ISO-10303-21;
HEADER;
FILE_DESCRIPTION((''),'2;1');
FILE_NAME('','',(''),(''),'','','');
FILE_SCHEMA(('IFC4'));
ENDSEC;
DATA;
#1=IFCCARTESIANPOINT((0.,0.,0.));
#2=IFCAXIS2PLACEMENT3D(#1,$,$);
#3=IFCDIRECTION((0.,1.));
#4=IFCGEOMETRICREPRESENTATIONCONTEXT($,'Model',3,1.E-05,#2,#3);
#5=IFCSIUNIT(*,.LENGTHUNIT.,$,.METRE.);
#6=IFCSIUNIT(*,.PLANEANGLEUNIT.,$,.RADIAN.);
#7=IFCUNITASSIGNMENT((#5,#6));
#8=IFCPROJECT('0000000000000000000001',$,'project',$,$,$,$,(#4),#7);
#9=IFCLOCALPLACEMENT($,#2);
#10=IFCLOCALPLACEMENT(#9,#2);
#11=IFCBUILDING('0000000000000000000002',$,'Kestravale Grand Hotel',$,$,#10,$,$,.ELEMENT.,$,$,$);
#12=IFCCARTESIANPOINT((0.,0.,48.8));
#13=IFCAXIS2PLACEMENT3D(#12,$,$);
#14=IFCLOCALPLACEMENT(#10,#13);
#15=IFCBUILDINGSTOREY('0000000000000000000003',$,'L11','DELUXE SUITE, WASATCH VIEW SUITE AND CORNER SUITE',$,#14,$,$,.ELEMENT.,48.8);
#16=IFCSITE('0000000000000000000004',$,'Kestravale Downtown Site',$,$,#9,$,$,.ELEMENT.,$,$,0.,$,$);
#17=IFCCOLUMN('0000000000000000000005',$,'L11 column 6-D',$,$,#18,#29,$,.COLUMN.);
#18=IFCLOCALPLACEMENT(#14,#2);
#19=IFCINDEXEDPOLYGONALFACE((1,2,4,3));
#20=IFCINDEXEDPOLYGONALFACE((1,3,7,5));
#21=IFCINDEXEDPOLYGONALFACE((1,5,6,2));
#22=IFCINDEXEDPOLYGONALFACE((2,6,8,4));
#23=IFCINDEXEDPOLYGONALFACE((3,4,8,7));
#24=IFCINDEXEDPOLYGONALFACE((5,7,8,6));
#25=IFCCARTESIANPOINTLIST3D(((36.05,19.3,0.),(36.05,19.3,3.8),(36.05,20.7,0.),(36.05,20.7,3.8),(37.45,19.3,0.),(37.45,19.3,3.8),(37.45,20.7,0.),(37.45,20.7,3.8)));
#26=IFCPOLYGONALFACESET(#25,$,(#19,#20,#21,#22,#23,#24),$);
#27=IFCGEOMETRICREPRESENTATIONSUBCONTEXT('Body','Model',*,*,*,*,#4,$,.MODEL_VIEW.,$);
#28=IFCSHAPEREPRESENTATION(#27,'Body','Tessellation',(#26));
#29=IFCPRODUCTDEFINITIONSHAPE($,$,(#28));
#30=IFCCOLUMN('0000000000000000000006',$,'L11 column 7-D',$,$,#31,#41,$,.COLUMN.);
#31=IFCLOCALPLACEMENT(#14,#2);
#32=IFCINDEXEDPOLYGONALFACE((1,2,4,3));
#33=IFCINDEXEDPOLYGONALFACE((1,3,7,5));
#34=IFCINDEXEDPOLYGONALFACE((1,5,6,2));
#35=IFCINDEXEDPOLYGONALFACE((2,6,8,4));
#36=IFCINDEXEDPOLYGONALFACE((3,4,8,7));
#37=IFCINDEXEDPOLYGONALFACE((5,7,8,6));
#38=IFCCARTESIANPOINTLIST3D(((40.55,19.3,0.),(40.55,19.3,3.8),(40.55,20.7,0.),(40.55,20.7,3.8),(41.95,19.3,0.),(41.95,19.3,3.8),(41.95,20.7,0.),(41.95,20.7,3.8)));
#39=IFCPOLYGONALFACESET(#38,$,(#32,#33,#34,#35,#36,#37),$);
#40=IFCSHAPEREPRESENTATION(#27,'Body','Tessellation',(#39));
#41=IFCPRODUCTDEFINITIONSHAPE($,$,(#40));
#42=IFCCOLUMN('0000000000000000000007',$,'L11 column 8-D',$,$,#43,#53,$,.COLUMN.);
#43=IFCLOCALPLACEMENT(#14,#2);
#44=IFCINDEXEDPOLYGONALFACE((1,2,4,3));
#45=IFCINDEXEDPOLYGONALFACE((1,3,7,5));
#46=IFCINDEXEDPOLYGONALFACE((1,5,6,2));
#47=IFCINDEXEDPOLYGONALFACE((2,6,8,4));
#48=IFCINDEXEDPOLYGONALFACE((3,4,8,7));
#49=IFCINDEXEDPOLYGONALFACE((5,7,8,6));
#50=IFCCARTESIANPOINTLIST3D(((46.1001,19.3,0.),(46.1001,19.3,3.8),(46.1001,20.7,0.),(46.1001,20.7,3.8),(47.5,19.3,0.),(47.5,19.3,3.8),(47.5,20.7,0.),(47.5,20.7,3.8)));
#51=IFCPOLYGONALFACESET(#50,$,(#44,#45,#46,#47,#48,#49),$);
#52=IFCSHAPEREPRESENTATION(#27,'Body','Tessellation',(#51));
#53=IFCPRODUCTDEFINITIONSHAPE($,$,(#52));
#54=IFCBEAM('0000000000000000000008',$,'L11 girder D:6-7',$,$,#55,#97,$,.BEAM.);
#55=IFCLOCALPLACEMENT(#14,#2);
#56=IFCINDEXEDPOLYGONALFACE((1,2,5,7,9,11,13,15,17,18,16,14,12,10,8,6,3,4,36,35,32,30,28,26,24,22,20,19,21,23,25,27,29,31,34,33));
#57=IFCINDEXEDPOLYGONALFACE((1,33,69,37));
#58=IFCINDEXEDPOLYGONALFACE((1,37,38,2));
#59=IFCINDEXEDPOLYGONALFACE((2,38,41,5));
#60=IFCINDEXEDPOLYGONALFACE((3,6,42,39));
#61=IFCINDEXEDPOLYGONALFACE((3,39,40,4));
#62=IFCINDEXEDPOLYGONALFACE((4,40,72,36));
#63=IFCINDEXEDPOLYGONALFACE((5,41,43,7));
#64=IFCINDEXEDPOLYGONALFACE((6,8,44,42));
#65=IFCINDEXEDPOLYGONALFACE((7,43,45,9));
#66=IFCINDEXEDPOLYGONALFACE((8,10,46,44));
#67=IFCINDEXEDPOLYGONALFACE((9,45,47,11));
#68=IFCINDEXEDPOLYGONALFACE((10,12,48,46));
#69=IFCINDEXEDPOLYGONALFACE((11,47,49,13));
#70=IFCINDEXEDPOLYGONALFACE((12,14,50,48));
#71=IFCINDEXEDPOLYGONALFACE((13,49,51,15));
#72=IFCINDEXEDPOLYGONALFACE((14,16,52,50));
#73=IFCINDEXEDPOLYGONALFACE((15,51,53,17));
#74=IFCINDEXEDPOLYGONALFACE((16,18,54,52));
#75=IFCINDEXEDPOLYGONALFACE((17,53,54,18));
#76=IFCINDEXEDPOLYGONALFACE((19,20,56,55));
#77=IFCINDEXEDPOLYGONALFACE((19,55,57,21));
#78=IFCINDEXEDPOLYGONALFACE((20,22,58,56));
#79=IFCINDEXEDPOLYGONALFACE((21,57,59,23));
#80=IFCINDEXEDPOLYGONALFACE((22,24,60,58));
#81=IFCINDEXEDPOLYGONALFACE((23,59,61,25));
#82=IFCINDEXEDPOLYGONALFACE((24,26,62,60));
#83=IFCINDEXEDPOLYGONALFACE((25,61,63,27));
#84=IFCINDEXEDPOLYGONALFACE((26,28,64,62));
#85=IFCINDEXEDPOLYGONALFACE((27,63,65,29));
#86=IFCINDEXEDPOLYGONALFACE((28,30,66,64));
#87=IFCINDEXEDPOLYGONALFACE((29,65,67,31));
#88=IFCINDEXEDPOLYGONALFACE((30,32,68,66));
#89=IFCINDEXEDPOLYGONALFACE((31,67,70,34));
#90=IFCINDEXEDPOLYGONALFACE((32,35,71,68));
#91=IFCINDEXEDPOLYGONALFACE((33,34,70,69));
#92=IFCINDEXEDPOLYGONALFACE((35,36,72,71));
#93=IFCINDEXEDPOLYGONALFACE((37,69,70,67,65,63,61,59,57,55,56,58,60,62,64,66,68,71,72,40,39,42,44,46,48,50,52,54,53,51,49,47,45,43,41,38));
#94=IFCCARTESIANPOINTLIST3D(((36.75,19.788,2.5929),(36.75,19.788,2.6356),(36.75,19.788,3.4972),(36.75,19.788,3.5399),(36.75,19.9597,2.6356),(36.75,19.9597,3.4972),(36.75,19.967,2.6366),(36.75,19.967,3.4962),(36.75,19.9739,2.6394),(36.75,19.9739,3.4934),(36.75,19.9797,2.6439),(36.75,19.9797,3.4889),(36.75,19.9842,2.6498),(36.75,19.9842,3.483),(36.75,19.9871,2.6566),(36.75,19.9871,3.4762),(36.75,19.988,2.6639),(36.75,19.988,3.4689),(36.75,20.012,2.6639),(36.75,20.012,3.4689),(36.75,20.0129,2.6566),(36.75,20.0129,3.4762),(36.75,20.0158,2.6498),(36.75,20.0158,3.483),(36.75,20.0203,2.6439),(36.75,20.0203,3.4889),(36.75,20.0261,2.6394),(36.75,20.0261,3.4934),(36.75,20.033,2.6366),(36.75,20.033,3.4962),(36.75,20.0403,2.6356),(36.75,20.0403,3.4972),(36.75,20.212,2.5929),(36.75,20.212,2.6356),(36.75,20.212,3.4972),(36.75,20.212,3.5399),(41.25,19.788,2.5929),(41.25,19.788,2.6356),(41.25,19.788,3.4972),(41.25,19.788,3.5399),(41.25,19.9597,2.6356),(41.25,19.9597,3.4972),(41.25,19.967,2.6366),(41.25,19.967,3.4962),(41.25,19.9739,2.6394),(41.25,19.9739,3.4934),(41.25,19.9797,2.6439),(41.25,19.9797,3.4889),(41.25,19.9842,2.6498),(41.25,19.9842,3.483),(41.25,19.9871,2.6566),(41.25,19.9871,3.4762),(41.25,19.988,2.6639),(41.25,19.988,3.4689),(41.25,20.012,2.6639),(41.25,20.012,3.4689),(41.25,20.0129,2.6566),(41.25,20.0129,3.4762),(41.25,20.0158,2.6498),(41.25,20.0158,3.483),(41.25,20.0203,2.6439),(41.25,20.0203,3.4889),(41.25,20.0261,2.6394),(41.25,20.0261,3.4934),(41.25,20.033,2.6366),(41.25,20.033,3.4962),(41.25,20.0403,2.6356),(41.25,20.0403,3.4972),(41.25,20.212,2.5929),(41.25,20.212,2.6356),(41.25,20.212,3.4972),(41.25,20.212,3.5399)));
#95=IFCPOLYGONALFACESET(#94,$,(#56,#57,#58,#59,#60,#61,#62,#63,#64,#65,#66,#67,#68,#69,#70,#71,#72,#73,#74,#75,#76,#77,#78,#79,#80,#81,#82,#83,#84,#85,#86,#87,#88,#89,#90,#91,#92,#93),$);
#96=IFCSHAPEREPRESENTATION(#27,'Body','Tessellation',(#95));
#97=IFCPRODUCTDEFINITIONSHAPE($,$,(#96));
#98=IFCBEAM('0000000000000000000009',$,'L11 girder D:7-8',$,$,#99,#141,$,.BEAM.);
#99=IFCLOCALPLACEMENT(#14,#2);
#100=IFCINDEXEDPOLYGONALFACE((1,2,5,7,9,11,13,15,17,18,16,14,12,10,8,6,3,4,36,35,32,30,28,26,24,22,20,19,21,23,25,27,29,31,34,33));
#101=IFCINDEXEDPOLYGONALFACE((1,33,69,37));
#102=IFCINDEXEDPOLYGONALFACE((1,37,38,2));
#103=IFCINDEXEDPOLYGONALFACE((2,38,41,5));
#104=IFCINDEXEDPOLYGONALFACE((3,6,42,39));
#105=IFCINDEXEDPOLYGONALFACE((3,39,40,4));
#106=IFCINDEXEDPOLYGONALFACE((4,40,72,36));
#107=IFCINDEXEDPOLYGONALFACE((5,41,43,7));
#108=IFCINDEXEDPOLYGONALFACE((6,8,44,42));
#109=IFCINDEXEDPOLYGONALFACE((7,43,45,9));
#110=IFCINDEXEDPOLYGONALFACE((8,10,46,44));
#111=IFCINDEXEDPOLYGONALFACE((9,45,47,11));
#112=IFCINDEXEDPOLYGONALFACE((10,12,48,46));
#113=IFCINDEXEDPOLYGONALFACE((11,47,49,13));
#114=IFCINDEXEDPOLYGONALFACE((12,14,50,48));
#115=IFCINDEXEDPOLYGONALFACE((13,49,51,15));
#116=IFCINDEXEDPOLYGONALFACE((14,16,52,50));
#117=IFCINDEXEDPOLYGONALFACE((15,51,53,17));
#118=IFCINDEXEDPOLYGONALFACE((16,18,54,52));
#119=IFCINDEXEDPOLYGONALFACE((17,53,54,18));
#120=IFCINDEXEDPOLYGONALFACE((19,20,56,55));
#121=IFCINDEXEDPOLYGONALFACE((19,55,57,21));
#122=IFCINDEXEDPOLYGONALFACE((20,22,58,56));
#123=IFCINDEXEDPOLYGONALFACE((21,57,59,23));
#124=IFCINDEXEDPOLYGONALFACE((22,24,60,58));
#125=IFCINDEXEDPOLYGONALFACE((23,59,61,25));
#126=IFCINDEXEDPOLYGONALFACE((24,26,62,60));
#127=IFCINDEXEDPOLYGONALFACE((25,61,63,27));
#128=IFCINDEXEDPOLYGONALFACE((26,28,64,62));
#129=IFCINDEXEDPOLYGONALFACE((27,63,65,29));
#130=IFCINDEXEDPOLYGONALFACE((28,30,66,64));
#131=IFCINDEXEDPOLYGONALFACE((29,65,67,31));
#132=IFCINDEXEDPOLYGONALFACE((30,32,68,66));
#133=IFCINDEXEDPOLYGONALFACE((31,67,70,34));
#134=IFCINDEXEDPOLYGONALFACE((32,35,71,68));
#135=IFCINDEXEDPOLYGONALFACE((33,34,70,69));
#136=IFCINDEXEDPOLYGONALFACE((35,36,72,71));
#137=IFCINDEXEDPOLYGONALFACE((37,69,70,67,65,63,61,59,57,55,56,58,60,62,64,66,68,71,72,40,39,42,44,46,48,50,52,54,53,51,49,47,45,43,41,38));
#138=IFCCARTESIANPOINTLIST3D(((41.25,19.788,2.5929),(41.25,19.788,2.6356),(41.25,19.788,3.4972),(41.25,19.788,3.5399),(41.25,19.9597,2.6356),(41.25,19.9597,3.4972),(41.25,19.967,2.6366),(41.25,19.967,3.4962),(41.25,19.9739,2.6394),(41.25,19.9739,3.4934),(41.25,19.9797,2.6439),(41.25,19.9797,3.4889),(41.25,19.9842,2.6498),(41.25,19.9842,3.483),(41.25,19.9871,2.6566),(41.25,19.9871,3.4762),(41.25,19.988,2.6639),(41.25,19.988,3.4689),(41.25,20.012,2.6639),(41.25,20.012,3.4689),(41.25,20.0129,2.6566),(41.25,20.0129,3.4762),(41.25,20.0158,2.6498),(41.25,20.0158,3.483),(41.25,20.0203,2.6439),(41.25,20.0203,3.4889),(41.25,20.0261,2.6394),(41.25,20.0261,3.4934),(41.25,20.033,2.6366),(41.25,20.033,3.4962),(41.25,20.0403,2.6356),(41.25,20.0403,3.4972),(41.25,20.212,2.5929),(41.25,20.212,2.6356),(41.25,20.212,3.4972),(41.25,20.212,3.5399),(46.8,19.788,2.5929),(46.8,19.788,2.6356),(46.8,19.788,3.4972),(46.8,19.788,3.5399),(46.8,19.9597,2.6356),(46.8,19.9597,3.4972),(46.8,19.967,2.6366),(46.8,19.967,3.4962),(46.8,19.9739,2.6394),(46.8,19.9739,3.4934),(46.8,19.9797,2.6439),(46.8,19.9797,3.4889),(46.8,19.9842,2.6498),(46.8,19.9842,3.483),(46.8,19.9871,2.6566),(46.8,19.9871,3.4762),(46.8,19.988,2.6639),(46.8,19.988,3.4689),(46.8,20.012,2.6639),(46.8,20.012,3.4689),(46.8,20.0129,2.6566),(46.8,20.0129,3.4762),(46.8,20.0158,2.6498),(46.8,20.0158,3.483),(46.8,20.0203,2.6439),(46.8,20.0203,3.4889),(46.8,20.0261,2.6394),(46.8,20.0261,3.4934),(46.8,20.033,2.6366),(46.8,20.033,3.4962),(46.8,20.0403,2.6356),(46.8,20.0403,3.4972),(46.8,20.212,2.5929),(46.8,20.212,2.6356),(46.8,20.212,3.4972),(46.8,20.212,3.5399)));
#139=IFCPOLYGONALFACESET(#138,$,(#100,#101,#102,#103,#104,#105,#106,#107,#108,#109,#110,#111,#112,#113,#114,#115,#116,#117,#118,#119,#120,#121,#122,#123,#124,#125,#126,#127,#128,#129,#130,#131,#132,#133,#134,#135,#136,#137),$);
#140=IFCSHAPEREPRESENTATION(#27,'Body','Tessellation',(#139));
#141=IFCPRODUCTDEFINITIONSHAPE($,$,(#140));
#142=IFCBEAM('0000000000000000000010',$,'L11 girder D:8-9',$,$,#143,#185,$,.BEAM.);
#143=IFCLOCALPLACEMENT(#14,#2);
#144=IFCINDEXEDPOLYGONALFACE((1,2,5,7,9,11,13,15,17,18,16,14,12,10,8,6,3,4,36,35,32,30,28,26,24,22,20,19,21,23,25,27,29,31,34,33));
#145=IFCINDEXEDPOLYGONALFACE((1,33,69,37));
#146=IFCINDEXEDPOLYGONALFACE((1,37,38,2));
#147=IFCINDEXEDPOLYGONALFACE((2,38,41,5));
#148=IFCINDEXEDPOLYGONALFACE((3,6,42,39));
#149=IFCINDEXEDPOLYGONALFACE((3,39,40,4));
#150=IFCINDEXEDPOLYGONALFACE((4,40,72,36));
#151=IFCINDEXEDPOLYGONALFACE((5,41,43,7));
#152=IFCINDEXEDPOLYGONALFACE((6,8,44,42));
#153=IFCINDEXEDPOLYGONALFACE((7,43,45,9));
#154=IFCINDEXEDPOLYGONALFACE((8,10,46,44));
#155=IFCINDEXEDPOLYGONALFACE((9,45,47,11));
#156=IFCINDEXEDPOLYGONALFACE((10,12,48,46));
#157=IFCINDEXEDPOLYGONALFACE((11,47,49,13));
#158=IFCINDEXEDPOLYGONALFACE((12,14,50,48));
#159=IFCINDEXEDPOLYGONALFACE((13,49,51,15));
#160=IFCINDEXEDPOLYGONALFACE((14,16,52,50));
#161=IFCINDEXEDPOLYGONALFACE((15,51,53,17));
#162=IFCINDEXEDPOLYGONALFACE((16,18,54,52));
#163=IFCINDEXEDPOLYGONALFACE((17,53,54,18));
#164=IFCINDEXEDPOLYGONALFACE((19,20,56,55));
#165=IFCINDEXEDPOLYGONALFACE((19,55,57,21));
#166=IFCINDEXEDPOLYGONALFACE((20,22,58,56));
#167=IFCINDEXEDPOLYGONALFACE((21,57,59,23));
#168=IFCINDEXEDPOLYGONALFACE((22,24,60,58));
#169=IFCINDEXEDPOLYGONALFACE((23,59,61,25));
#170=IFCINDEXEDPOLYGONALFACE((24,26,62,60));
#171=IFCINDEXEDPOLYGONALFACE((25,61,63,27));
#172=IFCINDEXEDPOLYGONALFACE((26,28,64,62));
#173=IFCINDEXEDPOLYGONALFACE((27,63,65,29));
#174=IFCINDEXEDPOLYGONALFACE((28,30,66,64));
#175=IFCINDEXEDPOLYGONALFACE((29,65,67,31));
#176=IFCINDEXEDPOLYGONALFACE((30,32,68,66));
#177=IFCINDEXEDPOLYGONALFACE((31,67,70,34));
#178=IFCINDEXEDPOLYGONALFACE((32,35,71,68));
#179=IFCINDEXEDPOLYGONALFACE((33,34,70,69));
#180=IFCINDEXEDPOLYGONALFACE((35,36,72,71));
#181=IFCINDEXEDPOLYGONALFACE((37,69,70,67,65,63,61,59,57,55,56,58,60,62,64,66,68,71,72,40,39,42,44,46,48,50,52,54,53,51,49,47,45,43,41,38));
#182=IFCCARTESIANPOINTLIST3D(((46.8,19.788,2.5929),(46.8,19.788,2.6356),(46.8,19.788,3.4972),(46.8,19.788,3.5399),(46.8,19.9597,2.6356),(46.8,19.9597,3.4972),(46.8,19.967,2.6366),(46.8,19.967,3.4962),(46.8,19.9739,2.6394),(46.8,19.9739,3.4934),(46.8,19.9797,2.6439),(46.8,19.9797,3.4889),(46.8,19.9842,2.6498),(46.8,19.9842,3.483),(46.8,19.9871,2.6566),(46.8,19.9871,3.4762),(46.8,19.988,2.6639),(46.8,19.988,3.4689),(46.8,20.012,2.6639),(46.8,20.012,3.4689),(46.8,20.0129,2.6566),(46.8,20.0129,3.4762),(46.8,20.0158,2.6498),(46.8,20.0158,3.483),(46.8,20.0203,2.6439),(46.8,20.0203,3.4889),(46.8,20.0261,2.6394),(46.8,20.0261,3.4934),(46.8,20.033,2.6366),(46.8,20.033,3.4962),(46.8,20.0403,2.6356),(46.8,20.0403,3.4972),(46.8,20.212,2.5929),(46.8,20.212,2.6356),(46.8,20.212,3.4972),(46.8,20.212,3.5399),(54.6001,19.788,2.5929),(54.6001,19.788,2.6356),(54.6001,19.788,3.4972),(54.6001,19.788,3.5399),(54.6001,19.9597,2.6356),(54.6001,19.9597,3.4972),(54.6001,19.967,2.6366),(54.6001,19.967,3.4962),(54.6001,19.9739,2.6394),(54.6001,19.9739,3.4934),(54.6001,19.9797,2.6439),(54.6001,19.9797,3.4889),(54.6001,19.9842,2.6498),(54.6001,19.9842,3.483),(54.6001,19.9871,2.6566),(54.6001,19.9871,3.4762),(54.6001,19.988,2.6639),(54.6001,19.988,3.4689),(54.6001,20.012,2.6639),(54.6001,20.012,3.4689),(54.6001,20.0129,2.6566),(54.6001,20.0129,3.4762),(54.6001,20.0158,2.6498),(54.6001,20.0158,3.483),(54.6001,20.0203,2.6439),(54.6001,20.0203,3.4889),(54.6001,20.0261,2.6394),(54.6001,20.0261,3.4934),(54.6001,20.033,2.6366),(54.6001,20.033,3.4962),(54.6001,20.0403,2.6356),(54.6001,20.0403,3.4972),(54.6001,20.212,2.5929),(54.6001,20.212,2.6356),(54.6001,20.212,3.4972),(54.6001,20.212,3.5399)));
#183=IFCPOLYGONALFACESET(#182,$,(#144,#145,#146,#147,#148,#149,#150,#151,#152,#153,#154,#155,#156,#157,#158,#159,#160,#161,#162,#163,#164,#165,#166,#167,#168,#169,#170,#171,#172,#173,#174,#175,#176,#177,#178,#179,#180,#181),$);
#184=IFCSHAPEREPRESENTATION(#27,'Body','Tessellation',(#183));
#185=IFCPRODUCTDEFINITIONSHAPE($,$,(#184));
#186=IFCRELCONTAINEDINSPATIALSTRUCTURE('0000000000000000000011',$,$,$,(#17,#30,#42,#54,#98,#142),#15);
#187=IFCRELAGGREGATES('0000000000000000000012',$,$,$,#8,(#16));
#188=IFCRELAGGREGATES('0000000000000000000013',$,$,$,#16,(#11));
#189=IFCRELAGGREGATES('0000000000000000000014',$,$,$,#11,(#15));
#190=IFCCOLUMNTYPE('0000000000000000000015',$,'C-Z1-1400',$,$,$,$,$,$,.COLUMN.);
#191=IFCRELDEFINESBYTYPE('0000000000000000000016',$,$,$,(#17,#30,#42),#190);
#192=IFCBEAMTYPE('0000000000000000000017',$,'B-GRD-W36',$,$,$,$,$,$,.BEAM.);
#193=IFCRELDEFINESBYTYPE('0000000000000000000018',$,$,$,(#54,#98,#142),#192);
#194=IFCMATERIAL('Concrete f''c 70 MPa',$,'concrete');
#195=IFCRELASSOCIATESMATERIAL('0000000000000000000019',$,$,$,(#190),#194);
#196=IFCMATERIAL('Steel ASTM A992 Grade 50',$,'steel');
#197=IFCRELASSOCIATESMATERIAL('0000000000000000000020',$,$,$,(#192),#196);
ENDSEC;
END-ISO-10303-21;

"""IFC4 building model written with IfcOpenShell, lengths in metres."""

from ifc_helpers import new_model, si_unit, direction, frame, origin, origin_2d, place, context, subcontext, project, spatial, rectangle, i_section, extrude, material, material_profile, profile_set, type_object, element, save


model = new_model("IFC4")

# Units and contexts
model_context = context("Model", 3, precision=1e-05, world=origin(), true_north=direction((0.0, 1.0)))
body_context = subcontext(model_context, "Body", "Model", "MODEL_VIEW")
ifc_project = project(units=[si_unit("LENGTHUNIT", "METRE"), si_unit("PLANEANGLEUNIT", "RADIAN")], contexts=[model_context])

# Site, building, storey
site_placement = place(None, origin())
site = spatial("IfcSite", under=ifc_project, at=site_placement, Name="Kestravale Downtown Site", CompositionType="ELEMENT", RefElevation=0.0)
building_placement = place(site_placement, origin())
building = spatial("IfcBuilding", under=site, at=building_placement, Name="Kestravale Grand Hotel", CompositionType="ELEMENT")
storey_placement = place(building_placement, frame((0.0, 0.0, 48.8)))
storey = spatial("IfcBuildingStorey", under=building, at=storey_placement, Name="L11", Description="DELUXE SUITE, WASATCH VIEW SUITE AND CORNER SUITE", CompositionType="ELEMENT", Elevation=48.8)

# Columns
ifc_material_1 = material(Name="Concrete f'c 70 MPa", Category="concrete")
ifc_material_profile_1 = material_profile(ifc_material_1, rectangle(XDim=1.3999, YDim=1.3999, at=origin_2d()))
ifc_profile_set_1 = profile_set([ifc_material_profile_1], Name="Concrete f'c 70 MPa")
column_type = type_object("IfcColumnType", Name="C-Z1-1400", PredefinedType="COLUMN", material=ifc_profile_set_1)
for number, where, z_axis, x_axis, name in (
    (1, (36.75, 20.0, 0.0), (0.0, 0.0, 1.0), (1.0, 0.0, 0.0), "L11 column 6-D"),
    (2, (41.25, 20.0, 0.0), (0.0, 0.0, 1.0), (1.0, 0.0, 0.0), "L11 column 7-D"),
    (3, (46.8, 20.0, 0.0), (0.0, 0.0, 1.0), (1.0, 0.0, 0.0), "L11 column 8-D"),
):
    element("IfcColumn", number, at=place(storey_placement, frame(where, z_axis=z_axis, x_axis=x_axis)), inside=storey, type_object=column_type, Name=name, PredefinedType="COLUMN", context=body_context, shape_type="SweptSolid", body=[
        extrude(rectangle(XDim=1.3999, YDim=1.3999, at=origin_2d()), origin(), (0.0, 0.0, 1.0), 3.8),
    ])

# Beams
ifc_material_2 = material(Name="Steel ASTM A992 Grade 50", Category="steel")
ifc_material_profile_2 = material_profile(ifc_material_2, i_section(OverallWidth=0.4241, OverallDepth=0.947, WebThickness=0.0239, FlangeThickness=0.0427, FilletRadius=0.0283, at=origin_2d()))
ifc_profile_set_2 = profile_set([ifc_material_profile_2], Name="Steel ASTM A992 Grade 50")
beam_type = type_object("IfcBeamType", Name="B-GRD-W36", PredefinedType="BEAM", material=ifc_profile_set_2)
beam_1_placement = place(storey_placement, frame((36.75, 20.0, 3.0664), z_axis=(1.0, 0.0, 0.0), x_axis=(0.0, 1.0, 0.0)))
element("IfcBeam", 4, at=beam_1_placement, inside=storey, type_object=beam_type, Name="L11 girder D:6-7", PredefinedType="BEAM", context=body_context, shape_type="SweptSolid", body=[
    extrude(i_section(OverallWidth=0.4241, OverallDepth=0.947, WebThickness=0.0239, FlangeThickness=0.0427, FilletRadius=0.0283, at=origin_2d()), origin(), (0.0, 0.0, 1.0), 4.5),
])
beam_2_placement = place(storey_placement, frame((41.25, 20.0, 3.0664), z_axis=(1.0, 0.0, 0.0), x_axis=(0.0, 1.0, 0.0)))
element("IfcBeam", 5, at=beam_2_placement, inside=storey, type_object=beam_type, Name="L11 girder D:7-8", PredefinedType="BEAM", context=body_context, shape_type="SweptSolid", body=[
    extrude(i_section(OverallWidth=0.4241, OverallDepth=0.947, WebThickness=0.0239, FlangeThickness=0.0427, FilletRadius=0.0283, at=origin_2d()), origin(), (0.0, 0.0, 1.0), 5.55),
])
beam_3_placement = place(storey_placement, frame((46.8, 20.0, 3.0664), z_axis=(1.0, 0.0, 0.0), x_axis=(0.0, 1.0, 0.0)))
element("IfcBeam", 6, at=beam_3_placement, inside=storey, type_object=beam_type, Name="L11 girder D:8-9", PredefinedType="BEAM", context=body_context, shape_type="SweptSolid", body=[
    extrude(i_section(OverallWidth=0.4241, OverallDepth=0.947, WebThickness=0.0239, FlangeThickness=0.0427, FilletRadius=0.0283, at=origin_2d()), origin(), (0.0, 0.0, 1.0), 7.8),
])

save(model, "model.ifc")
